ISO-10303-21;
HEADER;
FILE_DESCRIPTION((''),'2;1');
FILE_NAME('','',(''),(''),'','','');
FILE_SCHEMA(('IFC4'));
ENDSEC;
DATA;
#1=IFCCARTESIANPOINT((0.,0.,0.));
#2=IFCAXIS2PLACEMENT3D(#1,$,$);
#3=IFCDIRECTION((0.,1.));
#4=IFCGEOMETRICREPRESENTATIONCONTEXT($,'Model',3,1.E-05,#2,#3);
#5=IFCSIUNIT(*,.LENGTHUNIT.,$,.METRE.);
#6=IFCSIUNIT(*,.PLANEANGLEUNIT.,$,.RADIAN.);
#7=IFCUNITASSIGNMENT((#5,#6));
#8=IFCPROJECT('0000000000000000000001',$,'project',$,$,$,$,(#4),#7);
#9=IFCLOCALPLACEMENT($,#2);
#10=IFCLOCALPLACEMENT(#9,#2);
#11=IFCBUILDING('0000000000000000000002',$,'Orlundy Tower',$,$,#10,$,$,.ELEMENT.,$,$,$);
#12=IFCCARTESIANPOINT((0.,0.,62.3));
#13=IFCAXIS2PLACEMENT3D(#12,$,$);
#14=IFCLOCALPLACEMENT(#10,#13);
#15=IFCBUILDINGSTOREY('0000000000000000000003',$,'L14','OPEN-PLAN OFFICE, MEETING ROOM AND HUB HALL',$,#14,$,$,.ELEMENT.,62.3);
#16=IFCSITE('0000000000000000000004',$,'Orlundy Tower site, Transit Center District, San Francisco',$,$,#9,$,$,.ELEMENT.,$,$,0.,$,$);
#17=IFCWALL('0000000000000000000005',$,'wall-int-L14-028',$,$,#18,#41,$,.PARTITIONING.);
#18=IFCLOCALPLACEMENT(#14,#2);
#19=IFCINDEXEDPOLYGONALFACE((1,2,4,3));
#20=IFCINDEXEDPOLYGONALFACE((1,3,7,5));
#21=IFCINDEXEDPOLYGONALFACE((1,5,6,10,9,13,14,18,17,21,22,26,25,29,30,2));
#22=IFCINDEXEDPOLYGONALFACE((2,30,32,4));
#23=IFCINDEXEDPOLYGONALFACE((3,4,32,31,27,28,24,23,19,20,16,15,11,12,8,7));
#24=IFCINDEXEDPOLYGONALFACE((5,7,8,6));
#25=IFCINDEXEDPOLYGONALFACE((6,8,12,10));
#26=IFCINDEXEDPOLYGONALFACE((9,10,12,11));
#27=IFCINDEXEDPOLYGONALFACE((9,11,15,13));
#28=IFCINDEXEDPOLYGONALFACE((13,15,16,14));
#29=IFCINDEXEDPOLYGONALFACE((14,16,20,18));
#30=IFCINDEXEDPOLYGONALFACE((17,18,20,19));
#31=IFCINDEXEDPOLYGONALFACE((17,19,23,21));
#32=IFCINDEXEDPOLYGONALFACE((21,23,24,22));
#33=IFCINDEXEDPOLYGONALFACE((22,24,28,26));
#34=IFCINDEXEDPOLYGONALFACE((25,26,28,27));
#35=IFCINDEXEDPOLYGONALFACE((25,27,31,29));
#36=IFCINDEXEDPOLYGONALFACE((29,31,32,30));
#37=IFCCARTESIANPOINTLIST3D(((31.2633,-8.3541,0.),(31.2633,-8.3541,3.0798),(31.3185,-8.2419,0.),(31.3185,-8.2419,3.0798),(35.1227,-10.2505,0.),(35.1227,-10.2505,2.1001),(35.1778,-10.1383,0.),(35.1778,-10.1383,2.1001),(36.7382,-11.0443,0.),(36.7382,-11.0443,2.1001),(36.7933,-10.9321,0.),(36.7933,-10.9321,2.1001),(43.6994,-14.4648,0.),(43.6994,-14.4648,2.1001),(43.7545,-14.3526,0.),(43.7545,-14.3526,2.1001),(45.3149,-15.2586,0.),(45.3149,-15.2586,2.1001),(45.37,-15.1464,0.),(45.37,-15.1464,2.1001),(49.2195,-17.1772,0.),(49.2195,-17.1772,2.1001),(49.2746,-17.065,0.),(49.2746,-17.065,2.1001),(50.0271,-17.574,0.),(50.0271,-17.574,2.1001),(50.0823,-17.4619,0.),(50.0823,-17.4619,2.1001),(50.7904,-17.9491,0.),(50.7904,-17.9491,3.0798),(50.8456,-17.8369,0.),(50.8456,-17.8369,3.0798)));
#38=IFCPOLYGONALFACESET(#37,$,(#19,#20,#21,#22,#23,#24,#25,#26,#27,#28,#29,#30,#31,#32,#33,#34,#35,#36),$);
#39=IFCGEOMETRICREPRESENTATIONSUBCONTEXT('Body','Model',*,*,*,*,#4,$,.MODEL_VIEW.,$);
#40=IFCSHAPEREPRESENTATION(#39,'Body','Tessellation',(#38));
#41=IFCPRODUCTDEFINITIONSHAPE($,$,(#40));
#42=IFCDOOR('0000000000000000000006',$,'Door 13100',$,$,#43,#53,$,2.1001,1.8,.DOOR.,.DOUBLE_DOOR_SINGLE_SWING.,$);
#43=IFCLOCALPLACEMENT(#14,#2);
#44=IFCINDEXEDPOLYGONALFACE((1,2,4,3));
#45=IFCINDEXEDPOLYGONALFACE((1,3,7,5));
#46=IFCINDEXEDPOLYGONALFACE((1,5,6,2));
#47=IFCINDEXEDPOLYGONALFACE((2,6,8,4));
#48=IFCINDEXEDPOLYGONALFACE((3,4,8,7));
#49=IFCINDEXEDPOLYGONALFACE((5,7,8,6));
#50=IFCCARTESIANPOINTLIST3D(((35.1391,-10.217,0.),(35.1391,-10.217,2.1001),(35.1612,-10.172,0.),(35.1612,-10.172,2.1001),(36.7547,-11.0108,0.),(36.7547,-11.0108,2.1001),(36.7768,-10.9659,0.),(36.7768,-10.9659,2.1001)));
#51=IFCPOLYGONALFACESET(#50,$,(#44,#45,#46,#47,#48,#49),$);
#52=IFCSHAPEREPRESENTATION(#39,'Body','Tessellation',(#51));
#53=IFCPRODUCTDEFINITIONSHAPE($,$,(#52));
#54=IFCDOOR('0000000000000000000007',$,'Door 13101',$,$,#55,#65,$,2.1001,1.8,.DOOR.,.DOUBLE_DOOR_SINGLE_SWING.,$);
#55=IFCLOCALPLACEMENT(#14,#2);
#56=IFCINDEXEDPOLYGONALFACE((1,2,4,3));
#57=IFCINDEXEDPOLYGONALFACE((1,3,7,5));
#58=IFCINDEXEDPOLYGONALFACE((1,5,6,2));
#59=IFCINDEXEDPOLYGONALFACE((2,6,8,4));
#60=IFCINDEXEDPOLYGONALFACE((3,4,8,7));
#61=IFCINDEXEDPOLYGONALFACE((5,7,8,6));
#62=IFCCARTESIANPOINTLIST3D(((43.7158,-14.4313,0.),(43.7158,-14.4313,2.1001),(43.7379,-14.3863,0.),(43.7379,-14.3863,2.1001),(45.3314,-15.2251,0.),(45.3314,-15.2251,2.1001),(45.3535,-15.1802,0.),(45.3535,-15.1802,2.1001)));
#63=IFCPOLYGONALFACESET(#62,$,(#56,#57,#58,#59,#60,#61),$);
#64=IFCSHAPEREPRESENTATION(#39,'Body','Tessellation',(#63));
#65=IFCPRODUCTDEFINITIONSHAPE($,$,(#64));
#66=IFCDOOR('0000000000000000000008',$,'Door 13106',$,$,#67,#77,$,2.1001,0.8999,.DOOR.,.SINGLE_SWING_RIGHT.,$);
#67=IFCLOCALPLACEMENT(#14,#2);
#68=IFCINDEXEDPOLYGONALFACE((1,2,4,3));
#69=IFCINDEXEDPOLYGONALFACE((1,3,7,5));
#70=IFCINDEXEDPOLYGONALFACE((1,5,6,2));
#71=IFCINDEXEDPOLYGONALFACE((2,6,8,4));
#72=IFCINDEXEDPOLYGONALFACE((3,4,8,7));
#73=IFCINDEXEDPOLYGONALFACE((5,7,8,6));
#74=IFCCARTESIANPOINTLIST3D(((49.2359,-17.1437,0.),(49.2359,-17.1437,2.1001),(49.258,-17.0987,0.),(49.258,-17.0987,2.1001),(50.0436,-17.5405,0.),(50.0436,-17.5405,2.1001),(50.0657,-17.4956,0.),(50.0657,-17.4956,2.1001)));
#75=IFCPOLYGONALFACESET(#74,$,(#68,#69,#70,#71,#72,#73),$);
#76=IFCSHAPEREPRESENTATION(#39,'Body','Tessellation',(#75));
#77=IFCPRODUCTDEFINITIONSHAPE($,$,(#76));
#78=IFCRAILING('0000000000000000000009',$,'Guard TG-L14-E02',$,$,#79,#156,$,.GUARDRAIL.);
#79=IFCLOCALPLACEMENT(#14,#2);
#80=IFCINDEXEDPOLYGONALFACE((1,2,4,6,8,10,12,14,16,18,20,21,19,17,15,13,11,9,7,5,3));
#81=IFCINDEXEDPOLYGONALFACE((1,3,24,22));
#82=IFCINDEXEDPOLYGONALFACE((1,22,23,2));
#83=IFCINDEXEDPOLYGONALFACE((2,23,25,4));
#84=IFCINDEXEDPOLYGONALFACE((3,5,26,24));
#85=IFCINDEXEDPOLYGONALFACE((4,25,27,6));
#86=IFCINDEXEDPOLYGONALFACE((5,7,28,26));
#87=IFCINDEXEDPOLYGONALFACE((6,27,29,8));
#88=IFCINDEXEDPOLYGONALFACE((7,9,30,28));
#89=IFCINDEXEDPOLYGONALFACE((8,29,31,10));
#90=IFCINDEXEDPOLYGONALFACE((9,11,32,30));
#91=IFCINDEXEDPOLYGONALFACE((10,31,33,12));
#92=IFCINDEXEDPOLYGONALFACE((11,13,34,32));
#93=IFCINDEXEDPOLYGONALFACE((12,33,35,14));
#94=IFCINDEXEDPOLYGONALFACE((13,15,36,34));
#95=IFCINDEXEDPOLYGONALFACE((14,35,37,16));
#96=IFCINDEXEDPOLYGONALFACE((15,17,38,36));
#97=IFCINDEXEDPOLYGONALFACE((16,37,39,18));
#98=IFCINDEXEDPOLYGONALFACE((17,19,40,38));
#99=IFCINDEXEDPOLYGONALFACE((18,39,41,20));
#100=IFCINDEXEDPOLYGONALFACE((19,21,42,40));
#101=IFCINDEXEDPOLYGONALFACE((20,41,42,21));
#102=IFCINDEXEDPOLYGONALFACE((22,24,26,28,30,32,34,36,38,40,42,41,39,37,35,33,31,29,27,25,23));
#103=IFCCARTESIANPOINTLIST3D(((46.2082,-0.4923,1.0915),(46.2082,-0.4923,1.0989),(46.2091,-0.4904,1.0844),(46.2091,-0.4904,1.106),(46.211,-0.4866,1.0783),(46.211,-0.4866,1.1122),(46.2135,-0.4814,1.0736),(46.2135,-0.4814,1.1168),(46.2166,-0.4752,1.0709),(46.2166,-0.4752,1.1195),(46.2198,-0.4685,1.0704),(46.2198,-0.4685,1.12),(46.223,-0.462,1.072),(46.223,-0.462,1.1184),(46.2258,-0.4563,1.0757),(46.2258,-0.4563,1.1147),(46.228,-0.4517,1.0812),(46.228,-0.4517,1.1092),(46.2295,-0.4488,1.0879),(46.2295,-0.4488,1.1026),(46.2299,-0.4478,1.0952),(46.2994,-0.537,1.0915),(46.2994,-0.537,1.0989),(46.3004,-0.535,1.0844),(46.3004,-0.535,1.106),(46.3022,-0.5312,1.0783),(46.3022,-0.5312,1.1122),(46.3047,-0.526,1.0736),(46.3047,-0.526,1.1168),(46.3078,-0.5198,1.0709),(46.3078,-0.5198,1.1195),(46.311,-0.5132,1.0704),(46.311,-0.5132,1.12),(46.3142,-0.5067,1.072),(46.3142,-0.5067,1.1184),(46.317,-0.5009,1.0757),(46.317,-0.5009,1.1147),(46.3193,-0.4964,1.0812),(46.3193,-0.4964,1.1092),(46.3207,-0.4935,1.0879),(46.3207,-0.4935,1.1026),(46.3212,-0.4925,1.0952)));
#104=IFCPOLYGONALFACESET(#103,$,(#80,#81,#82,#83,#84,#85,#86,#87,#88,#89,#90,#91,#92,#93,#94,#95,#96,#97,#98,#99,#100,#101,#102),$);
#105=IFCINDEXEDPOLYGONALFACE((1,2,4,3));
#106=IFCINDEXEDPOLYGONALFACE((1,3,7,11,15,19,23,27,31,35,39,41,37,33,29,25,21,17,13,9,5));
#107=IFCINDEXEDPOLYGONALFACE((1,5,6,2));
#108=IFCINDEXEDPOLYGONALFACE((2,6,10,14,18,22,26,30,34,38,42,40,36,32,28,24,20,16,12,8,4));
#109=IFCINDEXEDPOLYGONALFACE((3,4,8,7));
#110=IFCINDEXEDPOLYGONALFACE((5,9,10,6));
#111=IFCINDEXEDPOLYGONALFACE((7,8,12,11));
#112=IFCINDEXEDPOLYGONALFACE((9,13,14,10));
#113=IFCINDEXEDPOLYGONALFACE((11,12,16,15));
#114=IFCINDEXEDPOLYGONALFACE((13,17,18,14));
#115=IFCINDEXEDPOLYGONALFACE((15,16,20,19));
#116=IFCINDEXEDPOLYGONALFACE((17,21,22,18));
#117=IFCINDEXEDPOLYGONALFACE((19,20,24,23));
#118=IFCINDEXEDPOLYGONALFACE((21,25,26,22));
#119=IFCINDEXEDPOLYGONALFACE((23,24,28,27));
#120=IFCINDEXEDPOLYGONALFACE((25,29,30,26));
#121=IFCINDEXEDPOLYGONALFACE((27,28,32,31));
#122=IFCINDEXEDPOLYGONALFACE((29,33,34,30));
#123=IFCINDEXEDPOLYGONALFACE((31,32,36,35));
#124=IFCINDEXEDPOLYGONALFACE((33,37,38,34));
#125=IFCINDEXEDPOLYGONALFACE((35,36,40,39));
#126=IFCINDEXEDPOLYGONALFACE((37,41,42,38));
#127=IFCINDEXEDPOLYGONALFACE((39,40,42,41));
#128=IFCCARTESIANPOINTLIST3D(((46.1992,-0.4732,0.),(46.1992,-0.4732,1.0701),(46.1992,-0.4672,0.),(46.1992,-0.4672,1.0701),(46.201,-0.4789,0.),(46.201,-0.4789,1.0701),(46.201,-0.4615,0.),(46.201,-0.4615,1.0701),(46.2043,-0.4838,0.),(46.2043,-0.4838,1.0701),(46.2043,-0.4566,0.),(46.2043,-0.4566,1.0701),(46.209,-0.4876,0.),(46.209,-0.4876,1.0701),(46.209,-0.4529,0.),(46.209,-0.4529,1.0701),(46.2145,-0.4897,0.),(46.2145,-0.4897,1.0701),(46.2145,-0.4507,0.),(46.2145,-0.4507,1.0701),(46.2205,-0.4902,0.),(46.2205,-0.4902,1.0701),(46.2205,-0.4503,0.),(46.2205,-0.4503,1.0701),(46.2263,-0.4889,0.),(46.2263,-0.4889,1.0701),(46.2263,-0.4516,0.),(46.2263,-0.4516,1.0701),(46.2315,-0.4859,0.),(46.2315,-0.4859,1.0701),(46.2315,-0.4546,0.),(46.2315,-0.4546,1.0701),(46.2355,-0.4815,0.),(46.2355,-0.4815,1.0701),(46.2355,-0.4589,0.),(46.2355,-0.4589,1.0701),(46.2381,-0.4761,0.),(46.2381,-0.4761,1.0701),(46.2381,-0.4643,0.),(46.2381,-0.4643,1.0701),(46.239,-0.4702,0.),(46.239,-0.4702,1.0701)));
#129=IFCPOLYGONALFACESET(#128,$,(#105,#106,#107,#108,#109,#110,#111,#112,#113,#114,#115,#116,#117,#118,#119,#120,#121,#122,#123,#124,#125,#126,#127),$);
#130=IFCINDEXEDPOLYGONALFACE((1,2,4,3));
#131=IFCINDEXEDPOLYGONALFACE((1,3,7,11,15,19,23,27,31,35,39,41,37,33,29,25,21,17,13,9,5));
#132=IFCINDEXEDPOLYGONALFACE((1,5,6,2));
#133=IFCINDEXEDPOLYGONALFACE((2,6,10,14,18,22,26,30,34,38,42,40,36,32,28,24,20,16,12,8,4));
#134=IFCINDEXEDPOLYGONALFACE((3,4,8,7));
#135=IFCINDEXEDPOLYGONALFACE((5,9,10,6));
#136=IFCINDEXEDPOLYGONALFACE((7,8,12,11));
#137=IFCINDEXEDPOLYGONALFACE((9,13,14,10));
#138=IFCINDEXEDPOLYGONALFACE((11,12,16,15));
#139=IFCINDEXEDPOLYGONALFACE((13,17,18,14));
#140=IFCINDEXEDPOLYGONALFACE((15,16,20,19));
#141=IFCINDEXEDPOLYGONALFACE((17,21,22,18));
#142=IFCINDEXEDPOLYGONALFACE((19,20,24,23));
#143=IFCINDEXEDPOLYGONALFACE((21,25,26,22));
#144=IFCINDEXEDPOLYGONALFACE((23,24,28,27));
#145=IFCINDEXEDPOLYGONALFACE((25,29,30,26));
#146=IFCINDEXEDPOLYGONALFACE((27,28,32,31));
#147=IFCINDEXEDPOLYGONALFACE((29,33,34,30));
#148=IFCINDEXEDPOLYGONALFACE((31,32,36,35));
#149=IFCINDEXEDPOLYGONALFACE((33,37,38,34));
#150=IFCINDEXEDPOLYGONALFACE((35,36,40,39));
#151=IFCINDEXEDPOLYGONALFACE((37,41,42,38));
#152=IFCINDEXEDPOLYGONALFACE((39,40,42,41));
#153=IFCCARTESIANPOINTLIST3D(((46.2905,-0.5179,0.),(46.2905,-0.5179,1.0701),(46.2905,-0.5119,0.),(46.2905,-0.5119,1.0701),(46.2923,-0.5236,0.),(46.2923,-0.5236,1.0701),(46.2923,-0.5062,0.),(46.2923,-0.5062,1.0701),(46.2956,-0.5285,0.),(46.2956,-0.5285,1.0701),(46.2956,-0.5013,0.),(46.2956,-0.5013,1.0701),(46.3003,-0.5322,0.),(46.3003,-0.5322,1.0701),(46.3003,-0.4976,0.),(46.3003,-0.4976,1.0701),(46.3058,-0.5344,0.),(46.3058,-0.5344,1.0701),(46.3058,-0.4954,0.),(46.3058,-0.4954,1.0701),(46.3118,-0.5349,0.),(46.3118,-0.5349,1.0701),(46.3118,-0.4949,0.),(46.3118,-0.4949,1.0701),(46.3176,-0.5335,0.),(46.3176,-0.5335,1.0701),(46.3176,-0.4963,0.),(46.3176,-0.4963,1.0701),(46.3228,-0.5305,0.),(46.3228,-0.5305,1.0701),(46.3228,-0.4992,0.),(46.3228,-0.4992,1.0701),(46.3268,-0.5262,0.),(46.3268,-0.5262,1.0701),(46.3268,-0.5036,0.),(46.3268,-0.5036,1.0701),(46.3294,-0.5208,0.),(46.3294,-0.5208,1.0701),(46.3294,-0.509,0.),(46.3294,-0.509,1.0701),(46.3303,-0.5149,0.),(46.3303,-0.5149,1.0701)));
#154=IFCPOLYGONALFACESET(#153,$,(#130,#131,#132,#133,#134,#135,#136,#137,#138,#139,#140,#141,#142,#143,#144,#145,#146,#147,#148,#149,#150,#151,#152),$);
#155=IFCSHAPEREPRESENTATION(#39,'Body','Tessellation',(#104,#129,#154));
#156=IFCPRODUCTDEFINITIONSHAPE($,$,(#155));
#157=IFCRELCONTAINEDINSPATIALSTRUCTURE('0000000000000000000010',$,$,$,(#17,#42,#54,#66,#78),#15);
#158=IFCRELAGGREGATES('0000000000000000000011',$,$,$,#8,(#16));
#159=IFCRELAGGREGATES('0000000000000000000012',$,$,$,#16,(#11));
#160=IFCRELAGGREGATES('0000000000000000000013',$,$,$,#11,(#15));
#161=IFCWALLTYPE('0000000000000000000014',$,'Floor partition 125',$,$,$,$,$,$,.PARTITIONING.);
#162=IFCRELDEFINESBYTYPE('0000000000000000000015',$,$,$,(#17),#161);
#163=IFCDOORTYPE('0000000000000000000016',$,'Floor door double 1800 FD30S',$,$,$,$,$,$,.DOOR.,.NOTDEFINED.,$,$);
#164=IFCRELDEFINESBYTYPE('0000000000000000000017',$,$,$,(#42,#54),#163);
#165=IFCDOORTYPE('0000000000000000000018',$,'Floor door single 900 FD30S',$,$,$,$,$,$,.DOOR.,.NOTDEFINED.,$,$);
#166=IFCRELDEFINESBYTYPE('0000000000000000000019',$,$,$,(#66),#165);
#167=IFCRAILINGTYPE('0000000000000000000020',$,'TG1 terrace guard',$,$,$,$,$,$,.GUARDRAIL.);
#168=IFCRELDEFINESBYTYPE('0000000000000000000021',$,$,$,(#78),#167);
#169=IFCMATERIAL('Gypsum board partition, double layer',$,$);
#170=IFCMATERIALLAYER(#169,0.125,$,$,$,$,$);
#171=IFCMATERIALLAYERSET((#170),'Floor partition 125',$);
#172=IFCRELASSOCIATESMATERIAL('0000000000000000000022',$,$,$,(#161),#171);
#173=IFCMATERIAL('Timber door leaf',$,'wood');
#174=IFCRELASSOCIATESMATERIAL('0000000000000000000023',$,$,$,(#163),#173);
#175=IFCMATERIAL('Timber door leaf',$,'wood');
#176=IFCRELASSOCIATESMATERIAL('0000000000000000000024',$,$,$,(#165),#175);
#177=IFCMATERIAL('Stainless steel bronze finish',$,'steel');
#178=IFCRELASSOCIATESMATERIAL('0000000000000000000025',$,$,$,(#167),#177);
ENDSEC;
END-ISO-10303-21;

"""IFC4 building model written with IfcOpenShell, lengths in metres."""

from ifc_helpers import new_model, si_unit, direction, frame, frame_2d, origin, origin_2d, place, context, subcontext, project, spatial, rectangle, circle, extrude, material, layer, layer_set, type_object, element, fill, save


model = new_model("IFC4")

# Units and contexts
model_context = context("Model", 3, precision=1e-05, world=origin(), true_north=direction((0.0, 1.0)))
body_context = subcontext(model_context, "Body", "Model", "MODEL_VIEW")
ifc_project = project(units=[si_unit("LENGTHUNIT", "METRE"), si_unit("PLANEANGLEUNIT", "RADIAN")], contexts=[model_context])

# Site, building, storey
site_placement = place(None, origin())
site = spatial("IfcSite", under=ifc_project, at=site_placement, Name="Orlundy Tower site, Transit Center District, San Francisco", CompositionType="ELEMENT", RefElevation=0.0)
building_placement = place(site_placement, origin())
building = spatial("IfcBuilding", under=site, at=building_placement, Name="Orlundy Tower", CompositionType="ELEMENT")
storey_placement = place(building_placement, frame((0.0, 0.0, 62.3)))
storey = spatial("IfcBuildingStorey", under=building, at=storey_placement, Name="L14", Description="OPEN-PLAN OFFICE, MEETING ROOM AND HUB HALL", CompositionType="ELEMENT", Elevation=62.3)

# Wall, openings, doors
ifc_material_1 = material(Name="Gypsum board partition, double layer")
ifc_layer_1 = layer(ifc_material_1, 0.125)
ifc_layer_set_1 = layer_set([ifc_layer_1], Name="Floor partition 125")
wall_type_1 = type_object("IfcWallType", Name="Floor partition 125", PredefinedType="PARTITIONING", material=ifc_layer_set_1)
wall_1_placement = place(storey_placement, frame((31.291, -8.2981, 0.0), z_axis=(0.0, 0.0, 1.0), x_axis=(0.897505, -0.441004, 0.0)))
wall_1 = element("IfcWall", 1, at=wall_1_placement, inside=storey, type_object=wall_type_1, Name="wall-int-L14-028", PredefinedType="PARTITIONING", context=body_context, shape_type="SweptSolid", body=[
    extrude(rectangle(XDim=21.7571, YDim=0.125, at=frame_2d((10.8784, 0.0))), origin(), (0.0, 0.0, 1.0), 3.0798),
])
opening_1_placement = place(wall_1_placement, frame((4.3, 0.0, 0.0)))
opening_1 = element("IfcOpeningElement", 2, at=opening_1_placement, cuts=wall_1, PredefinedType="OPENING", context=body_context, shape_type="SweptSolid", body=[
    extrude(rectangle(XDim=1.8, YDim=2.1001, at=frame_2d((0.8999, 1.05))), frame((0.0, 0.0725, 0.0), z_axis=(0.0, -1.0, 0.0), x_axis=(1.0, 0.0, 0.0)), (0.0, 0.0, 1.0), 0.145),
])
opening_2_placement = place(wall_1_placement, frame((13.8562, 0.0, 0.0)))
opening_2 = element("IfcOpeningElement", 3, at=opening_2_placement, cuts=wall_1, PredefinedType="OPENING", context=body_context, shape_type="SweptSolid", body=[
    extrude(rectangle(XDim=1.8, YDim=2.1001, at=frame_2d((0.8999, 1.05))), frame((0.0, 0.0725, 0.0), z_axis=(0.0, -1.0, 0.0), x_axis=(1.0, 0.0, 0.0)), (0.0, 0.0, 1.0), 0.145),
])
opening_3_placement = place(wall_1_placement, frame((20.0066, 0.0, 0.0)))
opening_3 = element("IfcOpeningElement", 4, at=opening_3_placement, cuts=wall_1, PredefinedType="OPENING", context=body_context, shape_type="SweptSolid", body=[
    extrude(rectangle(XDim=0.8999, YDim=2.1001, at=frame_2d((0.45, 1.05))), frame((0.0, 0.0725, 0.0), z_axis=(0.0, -1.0, 0.0), x_axis=(1.0, 0.0, 0.0)), (0.0, 0.0, 1.0), 0.145),
])
ifc_material_2 = material(Name="Timber door leaf", Category="wood")
door_type_1 = type_object("IfcDoorType", Name="Floor door double 1800 FD30S", OperationType="NOTDEFINED", PredefinedType="DOOR", material=ifc_material_2)
door_1_placement = place(opening_1_placement, origin())
door_1 = element("IfcDoor", 5, at=door_1_placement, inside=storey, type_object=door_type_1, Name="Door 13100", OperationType="DOUBLE_DOOR_SINGLE_SWING", OverallHeight=2.1001, OverallWidth=1.8, PredefinedType="DOOR", context=body_context, shape_type="SweptSolid", body=[
    extrude(rectangle(XDim=1.8, YDim=2.1001, at=frame_2d((0.8999, 1.05))), frame((0.0, 0.0249, 0.0), z_axis=(0.0, -1.0, 0.0), x_axis=(1.0, 0.0, 0.0)), (0.0, 0.0, 1.0), 0.05),
])
fill(opening_1, door_1)
door_2_placement = place(opening_2_placement, origin())
door_2 = element("IfcDoor", 6, at=door_2_placement, inside=storey, type_object=door_type_1, Name="Door 13101", OperationType="DOUBLE_DOOR_SINGLE_SWING", OverallHeight=2.1001, OverallWidth=1.8, PredefinedType="DOOR", context=body_context, shape_type="SweptSolid", body=[
    extrude(rectangle(XDim=1.8, YDim=2.1001, at=frame_2d((0.8999, 1.05))), frame((0.0, 0.0249, 0.0), z_axis=(0.0, -1.0, 0.0), x_axis=(1.0, 0.0, 0.0)), (0.0, 0.0, 1.0), 0.05),
])
fill(opening_2, door_2)
ifc_material_3 = material(Name="Timber door leaf", Category="wood")
door_type_2 = type_object("IfcDoorType", Name="Floor door single 900 FD30S", OperationType="NOTDEFINED", PredefinedType="DOOR", material=ifc_material_3)
door_3_placement = place(opening_3_placement, origin())
door_3 = element("IfcDoor", 7, at=door_3_placement, inside=storey, type_object=door_type_2, Name="Door 13106", OperationType="SINGLE_SWING_RIGHT", OverallHeight=2.1001, OverallWidth=0.8999, PredefinedType="DOOR", context=body_context, shape_type="SweptSolid", body=[
    extrude(rectangle(XDim=0.8999, YDim=2.1001, at=frame_2d((0.45, 1.05))), frame((0.0, 0.0249, 0.0), z_axis=(0.0, -1.0, 0.0), x_axis=(1.0, 0.0, 0.0)), (0.0, 0.0, 1.0), 0.05),
])
fill(opening_3, door_3)

# Railing
ifc_material_4 = material(Name="Stainless steel bronze finish", Category="steel")
railing_type = type_object("IfcRailingType", Name="TG1 terrace guard", PredefinedType="GUARDRAIL", material=ifc_material_4)
railing_placement = place(storey_placement, frame((46.219, -0.4702, 0.0)))
element("IfcRailing", 8, at=railing_placement, inside=storey, type_object=railing_type, Name="Guard TG-L14-E02", PredefinedType="GUARDRAIL", context=body_context, shape_type="SweptSolid", body=[
    extrude(circle(Radius=0.0249, at=origin_2d()), frame((0.0, 0.0, 1.0952), z_axis=(0.898237, -0.439512, 0.0), x_axis=(0.439512, 0.898237, 0.0)), (0.0, 0.0, 1.0), 0.1016),
    extrude(circle(Radius=0.02, at=origin_2d()), origin(), (0.0, 0.0, 1.0), 1.0701),
    extrude(circle(Radius=0.02, at=origin_2d()), frame((0.0913, -0.0447, 0.0)), (0.0, 0.0, 1.0), 1.0701),
])

save(model, "model.ifc")
